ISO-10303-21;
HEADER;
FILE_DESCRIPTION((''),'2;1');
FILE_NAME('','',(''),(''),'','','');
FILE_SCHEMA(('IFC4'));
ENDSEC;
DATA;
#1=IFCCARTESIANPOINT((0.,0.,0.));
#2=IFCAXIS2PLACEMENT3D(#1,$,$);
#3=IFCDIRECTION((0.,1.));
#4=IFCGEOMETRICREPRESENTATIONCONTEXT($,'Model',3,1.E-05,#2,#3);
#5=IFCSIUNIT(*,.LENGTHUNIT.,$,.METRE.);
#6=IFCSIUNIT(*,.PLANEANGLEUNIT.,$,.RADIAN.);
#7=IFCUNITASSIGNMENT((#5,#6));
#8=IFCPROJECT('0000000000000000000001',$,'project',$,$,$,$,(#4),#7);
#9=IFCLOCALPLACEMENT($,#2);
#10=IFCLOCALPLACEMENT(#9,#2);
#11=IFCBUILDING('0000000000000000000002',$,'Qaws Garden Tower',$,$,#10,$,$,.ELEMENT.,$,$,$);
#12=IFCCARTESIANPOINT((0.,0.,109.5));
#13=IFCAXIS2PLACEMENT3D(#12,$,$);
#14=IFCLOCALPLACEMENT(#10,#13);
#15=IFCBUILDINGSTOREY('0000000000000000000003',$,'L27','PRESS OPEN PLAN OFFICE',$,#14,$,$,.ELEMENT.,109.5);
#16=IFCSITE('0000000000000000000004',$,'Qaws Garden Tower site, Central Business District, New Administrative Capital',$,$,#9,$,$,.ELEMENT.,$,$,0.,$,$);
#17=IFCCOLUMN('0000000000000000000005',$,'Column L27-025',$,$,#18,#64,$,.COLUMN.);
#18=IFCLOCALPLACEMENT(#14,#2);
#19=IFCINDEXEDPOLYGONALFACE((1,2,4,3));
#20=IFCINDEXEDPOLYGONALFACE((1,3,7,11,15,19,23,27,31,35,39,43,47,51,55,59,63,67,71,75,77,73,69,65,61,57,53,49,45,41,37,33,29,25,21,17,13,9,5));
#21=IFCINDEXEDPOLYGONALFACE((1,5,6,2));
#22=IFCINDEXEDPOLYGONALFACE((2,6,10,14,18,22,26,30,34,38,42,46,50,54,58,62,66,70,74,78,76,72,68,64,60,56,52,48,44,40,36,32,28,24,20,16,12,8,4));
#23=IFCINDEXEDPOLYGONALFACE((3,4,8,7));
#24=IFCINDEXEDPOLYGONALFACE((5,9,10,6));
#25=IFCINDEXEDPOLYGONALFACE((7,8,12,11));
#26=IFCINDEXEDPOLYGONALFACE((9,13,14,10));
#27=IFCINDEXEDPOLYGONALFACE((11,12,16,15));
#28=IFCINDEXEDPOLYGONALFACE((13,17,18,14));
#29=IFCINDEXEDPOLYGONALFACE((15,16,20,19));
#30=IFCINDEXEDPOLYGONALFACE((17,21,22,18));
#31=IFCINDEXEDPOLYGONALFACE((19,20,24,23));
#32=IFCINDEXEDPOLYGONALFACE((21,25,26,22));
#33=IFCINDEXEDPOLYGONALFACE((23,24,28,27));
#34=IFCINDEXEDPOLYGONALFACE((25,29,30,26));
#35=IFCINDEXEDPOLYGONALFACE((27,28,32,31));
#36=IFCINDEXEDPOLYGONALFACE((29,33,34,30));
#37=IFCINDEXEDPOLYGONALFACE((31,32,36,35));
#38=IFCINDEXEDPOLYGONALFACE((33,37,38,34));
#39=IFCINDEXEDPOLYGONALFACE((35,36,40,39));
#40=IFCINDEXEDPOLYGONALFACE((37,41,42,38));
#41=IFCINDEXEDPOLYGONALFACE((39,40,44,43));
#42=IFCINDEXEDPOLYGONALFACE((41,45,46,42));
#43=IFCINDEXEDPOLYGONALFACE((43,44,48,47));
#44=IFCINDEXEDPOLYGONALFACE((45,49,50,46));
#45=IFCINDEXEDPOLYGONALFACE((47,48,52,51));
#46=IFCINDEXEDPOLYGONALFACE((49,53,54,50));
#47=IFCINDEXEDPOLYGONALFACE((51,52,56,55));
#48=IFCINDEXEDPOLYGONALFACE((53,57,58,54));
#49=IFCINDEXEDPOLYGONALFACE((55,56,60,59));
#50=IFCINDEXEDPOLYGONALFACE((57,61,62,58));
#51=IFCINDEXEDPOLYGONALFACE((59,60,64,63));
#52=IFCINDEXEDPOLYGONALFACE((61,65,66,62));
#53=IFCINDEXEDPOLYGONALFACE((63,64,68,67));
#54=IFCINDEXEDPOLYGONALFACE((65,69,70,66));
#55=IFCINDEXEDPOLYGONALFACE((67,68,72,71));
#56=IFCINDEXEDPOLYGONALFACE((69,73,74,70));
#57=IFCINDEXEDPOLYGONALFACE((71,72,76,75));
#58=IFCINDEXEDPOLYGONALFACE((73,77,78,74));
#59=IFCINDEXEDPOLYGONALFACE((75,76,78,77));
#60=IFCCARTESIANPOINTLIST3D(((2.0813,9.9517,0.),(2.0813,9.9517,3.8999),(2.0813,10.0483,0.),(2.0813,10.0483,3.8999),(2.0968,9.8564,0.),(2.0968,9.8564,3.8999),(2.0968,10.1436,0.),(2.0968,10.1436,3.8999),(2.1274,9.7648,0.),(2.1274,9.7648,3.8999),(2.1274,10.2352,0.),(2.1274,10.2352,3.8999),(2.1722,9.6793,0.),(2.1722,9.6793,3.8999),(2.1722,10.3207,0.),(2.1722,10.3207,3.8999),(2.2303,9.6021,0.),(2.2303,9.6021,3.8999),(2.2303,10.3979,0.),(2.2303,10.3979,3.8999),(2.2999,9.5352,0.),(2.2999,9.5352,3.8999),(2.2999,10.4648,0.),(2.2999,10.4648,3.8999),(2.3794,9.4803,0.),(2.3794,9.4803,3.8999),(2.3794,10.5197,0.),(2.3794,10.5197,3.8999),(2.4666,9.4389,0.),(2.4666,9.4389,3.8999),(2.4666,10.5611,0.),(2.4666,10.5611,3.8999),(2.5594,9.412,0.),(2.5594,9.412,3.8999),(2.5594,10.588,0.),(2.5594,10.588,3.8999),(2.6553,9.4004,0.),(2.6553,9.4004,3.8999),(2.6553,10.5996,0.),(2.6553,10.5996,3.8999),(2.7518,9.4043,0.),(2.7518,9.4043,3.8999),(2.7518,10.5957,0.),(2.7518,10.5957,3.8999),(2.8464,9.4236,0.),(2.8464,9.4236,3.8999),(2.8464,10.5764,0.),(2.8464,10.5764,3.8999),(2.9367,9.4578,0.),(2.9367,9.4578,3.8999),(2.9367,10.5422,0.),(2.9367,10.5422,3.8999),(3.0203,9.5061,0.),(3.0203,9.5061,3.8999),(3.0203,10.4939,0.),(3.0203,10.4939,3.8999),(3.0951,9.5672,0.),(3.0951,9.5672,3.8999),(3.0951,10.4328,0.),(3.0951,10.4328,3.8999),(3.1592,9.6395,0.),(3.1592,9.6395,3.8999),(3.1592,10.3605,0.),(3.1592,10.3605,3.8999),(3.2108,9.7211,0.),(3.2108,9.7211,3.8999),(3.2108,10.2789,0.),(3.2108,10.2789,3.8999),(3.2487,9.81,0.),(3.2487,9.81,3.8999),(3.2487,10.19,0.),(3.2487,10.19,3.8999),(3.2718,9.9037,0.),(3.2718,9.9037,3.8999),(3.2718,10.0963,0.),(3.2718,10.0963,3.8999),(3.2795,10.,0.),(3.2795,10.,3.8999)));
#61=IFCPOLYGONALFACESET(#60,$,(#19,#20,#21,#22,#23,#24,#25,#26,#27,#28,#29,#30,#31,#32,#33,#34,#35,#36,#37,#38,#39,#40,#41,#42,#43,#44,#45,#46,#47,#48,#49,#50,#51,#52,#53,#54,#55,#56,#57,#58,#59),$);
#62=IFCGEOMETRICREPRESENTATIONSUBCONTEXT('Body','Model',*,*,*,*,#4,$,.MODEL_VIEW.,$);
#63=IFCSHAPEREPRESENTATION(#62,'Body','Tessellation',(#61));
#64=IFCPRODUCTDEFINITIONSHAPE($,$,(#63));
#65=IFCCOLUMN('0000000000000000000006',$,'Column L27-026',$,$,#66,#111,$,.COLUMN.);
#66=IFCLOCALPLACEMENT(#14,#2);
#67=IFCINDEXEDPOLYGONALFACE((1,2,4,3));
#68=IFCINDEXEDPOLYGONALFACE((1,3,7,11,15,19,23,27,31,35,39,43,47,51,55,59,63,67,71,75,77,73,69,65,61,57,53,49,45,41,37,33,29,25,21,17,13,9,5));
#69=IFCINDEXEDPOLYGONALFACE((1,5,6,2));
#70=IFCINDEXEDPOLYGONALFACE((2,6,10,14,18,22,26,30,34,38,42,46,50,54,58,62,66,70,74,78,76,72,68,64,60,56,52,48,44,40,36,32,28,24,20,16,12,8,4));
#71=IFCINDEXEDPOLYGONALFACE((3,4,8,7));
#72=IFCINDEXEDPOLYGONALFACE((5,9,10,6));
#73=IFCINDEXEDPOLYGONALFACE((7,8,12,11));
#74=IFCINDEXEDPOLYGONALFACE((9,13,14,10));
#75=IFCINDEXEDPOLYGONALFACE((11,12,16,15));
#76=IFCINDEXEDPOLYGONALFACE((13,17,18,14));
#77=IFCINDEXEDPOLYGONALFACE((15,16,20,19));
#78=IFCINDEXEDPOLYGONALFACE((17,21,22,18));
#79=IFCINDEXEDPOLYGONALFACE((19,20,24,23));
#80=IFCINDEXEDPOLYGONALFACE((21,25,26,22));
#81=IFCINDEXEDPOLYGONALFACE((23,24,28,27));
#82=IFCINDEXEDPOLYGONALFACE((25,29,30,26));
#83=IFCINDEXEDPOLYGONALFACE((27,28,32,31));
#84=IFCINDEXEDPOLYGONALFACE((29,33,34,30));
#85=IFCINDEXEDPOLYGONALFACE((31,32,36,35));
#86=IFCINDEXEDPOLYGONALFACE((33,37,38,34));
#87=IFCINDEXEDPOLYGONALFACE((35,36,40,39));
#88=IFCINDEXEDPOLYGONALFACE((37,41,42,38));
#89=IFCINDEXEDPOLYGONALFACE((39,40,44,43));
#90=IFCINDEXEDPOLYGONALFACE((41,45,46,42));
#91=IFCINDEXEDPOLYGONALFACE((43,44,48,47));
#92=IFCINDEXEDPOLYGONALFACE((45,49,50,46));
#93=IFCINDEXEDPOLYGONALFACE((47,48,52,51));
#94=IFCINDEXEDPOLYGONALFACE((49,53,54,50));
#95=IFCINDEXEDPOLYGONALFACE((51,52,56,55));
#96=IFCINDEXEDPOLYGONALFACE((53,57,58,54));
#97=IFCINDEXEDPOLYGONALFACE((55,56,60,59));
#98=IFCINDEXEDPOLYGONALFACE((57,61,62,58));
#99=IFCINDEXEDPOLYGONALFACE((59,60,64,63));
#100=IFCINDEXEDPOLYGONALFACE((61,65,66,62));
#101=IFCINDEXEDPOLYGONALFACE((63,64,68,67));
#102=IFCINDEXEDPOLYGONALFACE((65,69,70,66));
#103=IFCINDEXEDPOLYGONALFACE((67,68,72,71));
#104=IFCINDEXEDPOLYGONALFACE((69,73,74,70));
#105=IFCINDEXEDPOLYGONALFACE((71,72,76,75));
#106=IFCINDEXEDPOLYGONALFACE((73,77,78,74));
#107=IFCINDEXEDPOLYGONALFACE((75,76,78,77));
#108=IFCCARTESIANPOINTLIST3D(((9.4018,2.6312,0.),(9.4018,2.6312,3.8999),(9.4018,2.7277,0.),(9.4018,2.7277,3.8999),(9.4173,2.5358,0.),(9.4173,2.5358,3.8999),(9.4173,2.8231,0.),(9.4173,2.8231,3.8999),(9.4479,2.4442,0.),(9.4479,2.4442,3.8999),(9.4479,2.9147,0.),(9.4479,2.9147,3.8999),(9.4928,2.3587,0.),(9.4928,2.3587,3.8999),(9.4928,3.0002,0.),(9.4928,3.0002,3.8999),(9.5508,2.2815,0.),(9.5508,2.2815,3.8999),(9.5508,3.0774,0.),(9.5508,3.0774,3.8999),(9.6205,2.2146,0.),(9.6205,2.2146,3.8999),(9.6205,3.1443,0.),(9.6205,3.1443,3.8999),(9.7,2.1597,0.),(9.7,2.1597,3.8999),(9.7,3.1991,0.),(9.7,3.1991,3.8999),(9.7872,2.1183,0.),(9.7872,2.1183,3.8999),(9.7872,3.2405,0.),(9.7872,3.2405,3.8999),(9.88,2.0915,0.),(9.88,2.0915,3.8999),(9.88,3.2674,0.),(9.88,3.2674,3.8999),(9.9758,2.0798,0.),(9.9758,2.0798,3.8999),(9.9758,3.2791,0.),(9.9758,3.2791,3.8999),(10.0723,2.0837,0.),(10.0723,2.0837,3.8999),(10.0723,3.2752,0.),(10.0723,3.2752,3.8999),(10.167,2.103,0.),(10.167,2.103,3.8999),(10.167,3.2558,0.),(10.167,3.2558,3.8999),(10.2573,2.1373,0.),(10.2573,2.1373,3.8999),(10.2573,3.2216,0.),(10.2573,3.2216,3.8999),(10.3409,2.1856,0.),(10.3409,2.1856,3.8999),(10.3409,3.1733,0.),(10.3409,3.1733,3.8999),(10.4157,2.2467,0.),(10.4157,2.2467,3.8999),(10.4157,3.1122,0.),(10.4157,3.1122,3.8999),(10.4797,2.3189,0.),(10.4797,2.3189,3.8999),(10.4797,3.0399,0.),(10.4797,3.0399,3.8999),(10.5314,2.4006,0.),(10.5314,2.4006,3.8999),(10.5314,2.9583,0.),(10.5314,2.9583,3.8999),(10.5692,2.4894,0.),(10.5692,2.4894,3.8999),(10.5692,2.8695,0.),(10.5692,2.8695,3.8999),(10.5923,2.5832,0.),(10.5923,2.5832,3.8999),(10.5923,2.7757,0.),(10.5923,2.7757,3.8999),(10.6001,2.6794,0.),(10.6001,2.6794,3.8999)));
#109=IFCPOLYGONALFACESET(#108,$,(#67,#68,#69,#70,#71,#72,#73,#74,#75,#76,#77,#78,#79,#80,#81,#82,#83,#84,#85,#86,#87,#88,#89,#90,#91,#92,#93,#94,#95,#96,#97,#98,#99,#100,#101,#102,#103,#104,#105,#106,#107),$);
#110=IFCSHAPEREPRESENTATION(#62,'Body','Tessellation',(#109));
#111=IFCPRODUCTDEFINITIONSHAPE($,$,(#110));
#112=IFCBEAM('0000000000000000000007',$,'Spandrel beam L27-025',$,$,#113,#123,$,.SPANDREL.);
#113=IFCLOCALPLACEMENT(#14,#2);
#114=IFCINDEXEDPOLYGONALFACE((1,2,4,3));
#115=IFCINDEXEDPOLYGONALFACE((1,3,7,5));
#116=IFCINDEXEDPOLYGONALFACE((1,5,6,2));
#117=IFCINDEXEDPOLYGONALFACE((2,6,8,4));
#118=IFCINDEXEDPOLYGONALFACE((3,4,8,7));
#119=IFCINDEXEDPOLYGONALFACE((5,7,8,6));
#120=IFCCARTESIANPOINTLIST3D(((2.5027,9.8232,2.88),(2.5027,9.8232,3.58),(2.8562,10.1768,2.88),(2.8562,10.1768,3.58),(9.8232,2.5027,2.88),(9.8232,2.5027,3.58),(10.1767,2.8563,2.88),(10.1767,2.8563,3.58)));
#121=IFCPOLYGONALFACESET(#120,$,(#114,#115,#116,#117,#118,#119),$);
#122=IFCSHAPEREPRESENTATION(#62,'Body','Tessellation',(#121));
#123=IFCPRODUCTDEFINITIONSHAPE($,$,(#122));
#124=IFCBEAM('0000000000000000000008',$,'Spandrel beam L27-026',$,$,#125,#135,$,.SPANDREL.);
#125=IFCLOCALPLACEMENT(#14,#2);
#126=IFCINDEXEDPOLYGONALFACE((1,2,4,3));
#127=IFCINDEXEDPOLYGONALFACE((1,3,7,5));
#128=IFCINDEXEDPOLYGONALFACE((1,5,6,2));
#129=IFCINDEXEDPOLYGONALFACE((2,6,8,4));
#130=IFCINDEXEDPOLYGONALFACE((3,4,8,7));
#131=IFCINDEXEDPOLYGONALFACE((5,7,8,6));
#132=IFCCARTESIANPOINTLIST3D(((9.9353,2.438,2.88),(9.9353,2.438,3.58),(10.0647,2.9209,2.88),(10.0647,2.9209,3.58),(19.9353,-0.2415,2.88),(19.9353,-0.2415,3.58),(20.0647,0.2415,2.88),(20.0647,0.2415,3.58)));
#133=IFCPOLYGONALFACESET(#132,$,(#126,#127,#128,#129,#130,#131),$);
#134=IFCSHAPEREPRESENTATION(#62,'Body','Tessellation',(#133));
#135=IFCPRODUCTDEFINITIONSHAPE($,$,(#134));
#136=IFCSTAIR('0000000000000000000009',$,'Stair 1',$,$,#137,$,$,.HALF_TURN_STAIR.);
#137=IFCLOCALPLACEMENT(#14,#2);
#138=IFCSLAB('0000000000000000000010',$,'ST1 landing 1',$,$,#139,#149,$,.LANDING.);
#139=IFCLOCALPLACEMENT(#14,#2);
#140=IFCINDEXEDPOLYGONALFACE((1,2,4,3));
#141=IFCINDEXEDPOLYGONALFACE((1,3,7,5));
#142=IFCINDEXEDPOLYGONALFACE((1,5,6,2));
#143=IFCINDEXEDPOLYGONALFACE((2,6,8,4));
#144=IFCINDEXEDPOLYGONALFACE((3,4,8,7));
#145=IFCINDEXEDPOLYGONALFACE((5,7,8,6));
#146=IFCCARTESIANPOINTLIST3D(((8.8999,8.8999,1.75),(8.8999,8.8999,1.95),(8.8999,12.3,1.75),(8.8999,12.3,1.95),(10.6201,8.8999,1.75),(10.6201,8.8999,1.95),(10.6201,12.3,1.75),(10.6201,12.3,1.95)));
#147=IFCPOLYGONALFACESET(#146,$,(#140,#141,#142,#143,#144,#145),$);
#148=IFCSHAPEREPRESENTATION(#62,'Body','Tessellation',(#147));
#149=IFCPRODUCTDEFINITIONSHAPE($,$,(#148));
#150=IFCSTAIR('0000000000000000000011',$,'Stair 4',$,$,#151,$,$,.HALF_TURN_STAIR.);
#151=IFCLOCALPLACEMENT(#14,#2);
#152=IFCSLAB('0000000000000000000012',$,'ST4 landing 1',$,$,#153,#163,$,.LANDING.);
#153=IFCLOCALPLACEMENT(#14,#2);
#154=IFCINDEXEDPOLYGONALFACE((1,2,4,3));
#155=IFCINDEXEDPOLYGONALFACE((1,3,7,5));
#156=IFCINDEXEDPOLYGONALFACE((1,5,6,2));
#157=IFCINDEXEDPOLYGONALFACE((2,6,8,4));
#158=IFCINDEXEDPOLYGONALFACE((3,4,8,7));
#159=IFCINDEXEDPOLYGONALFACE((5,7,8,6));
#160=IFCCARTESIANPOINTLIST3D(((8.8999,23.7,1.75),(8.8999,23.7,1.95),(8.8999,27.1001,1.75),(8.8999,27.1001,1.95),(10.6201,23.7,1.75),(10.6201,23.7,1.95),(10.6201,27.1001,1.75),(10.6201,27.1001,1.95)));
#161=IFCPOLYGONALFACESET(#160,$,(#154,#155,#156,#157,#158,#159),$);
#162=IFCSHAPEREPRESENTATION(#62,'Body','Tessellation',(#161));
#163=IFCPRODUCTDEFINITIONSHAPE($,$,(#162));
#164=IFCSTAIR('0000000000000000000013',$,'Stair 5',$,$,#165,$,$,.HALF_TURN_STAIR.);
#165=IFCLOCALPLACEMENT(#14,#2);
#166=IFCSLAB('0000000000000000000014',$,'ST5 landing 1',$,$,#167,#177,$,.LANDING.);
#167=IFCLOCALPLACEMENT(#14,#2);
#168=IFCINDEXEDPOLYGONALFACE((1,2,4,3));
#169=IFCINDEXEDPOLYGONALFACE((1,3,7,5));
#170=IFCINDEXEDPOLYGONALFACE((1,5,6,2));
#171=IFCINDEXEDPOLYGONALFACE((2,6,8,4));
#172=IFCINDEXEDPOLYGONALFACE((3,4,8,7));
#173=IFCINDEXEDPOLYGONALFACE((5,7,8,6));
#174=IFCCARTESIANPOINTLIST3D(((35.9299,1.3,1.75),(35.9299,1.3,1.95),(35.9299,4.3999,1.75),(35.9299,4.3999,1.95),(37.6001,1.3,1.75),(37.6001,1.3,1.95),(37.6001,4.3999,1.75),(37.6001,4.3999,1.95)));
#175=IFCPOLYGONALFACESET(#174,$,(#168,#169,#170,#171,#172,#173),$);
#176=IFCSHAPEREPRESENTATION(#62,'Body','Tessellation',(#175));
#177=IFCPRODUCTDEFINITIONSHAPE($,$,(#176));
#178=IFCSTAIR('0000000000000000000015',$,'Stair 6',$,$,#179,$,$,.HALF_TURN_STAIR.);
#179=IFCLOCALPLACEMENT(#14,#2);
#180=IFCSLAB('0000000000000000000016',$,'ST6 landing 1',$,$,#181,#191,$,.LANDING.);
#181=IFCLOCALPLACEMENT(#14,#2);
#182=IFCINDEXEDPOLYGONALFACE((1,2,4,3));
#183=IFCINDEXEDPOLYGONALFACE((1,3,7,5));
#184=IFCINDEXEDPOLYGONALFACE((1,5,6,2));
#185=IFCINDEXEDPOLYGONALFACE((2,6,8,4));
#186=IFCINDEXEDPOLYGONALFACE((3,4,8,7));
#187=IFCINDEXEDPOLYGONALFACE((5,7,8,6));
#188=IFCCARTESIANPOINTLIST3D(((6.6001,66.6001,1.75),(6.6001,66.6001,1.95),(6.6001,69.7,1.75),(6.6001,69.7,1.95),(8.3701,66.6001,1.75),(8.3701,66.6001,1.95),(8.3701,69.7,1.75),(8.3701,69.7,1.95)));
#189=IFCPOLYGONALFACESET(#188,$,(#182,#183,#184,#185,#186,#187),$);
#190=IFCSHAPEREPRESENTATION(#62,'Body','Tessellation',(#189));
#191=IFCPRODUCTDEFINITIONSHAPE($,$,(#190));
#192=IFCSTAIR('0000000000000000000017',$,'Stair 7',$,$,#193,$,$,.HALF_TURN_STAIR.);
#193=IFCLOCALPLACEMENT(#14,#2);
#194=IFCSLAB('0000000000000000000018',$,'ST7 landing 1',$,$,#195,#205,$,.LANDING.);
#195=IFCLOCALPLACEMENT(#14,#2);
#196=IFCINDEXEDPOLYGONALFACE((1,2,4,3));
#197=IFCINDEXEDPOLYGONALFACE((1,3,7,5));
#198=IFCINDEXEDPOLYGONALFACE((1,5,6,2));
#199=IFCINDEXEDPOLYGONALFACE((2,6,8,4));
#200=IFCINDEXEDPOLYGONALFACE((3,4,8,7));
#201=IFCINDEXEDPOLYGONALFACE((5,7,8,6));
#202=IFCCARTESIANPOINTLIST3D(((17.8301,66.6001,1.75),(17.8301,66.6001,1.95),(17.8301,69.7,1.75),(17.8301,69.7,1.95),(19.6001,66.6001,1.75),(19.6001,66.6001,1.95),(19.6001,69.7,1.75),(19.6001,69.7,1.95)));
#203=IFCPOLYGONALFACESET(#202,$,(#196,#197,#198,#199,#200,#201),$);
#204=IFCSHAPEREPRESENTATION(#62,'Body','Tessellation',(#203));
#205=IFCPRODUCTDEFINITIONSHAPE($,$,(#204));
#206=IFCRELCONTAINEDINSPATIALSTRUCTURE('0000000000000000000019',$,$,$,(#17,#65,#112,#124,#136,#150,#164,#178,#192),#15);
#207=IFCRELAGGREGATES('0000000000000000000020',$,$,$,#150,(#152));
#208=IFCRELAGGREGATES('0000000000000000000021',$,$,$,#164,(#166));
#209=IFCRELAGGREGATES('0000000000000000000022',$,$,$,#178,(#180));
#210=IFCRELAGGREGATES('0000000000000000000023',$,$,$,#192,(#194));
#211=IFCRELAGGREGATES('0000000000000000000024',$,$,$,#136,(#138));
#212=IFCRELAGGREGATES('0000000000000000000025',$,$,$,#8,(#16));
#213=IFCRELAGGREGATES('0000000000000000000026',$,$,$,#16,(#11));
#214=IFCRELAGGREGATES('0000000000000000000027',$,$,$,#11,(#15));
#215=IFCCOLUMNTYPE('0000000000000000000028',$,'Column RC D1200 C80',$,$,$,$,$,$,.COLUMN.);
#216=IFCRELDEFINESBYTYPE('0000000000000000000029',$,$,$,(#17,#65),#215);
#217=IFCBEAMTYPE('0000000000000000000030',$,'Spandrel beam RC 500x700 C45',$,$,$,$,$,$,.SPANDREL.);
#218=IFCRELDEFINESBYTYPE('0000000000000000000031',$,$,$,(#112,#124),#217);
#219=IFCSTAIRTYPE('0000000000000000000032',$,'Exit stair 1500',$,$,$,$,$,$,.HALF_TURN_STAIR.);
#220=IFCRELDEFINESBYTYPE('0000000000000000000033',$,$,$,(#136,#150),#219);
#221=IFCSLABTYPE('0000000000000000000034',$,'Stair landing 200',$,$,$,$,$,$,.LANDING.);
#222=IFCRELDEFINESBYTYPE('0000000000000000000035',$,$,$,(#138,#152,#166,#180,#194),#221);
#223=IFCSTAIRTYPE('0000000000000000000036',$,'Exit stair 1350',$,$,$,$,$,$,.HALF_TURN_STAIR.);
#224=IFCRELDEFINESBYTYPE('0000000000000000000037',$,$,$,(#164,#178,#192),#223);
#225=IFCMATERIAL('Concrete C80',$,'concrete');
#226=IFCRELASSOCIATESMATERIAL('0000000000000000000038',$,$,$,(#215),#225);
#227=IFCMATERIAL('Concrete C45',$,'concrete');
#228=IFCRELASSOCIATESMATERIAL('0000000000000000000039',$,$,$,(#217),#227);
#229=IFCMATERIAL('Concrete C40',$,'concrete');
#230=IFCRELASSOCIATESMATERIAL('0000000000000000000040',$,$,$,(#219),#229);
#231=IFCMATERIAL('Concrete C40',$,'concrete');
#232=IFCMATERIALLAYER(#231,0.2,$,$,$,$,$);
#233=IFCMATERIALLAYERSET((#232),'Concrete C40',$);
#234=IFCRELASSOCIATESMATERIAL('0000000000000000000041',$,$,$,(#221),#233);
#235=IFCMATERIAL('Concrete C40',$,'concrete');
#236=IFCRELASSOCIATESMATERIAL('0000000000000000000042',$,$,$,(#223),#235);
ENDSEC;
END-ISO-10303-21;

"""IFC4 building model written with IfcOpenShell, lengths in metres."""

from ifc_helpers import new_model, si_unit, direction, frame, origin, origin_2d, place, context, subcontext, project, spatial, polyline, rectangle, circle, outline, extrude, material, layer, layer_set, material_profile, profile_set, type_object, element, aggregate, save


model = new_model("IFC4")

# Units and contexts
model_context = context("Model", 3, precision=1e-05, world=origin(), true_north=direction((0.0, 1.0)))
body_context = subcontext(model_context, "Body", "Model", "MODEL_VIEW")
ifc_project = project(units=[si_unit("LENGTHUNIT", "METRE"), si_unit("PLANEANGLEUNIT", "RADIAN")], contexts=[model_context])

# Site, building, storey
site_placement = place(None, origin())
site = spatial("IfcSite", under=ifc_project, at=site_placement, Name="Qaws Garden Tower site, Central Business District, New Administrative Capital", CompositionType="ELEMENT", RefElevation=0.0)
building_placement = place(site_placement, origin())
building = spatial("IfcBuilding", under=site, at=building_placement, Name="Qaws Garden Tower", CompositionType="ELEMENT")
storey_placement = place(building_placement, frame((0.0, 0.0, 109.5)))
storey = spatial("IfcBuildingStorey", under=building, at=storey_placement, Name="L27", Description="PRESS OPEN PLAN OFFICE", CompositionType="ELEMENT", Elevation=109.5)

# Columns
ifc_material_1 = material(Name="Concrete C80", Category="concrete")
ifc_material_profile_1 = material_profile(ifc_material_1, circle(Radius=0.6001, at=origin_2d()), Name="RC D1200")
ifc_profile_set_1 = profile_set([ifc_material_profile_1], Name="Concrete C80")
column_type = type_object("IfcColumnType", Name="Column RC D1200 C80", PredefinedType="COLUMN", material=ifc_profile_set_1)
for number, where, z_axis, x_axis, name in (
    (1, (2.6794, 10.0, 0.0), (0.0, 0.0, 1.0), (1.0, 0.0, 0.0), "Column L27-025"),
    (2, (10.0, 2.6794, 0.0), (0.0, 0.0, 1.0), (1.0, 0.0, 0.0), "Column L27-026"),
):
    element("IfcColumn", number, at=place(storey_placement, frame(where, z_axis=z_axis, x_axis=x_axis)), inside=storey, type_object=column_type, Name=name, PredefinedType="COLUMN", context=body_context, shape_type="SweptSolid", body=[
        extrude(circle(Radius=0.6001, at=origin_2d()), origin(), (0.0, 0.0, 1.0), 3.8999),
    ])

# Beams
ifc_material_2 = material(Name="Concrete C45", Category="concrete")
ifc_material_profile_2 = material_profile(ifc_material_2, rectangle(XDim=0.5, YDim=0.7, at=origin_2d()), Name="RC 500x700")
ifc_profile_set_2 = profile_set([ifc_material_profile_2], Name="Concrete C45")
beam_type = type_object("IfcBeamType", Name="Spandrel beam RC 500x700 C45", PredefinedType="SPANDREL", material=ifc_profile_set_2)
for number, where, z_axis, x_axis, name in (
    (3, (2.6794, 10.0, 3.23), (0.707107, -0.707107, 0.0), (0.707107, 0.707107, 0.0), "Spandrel beam L27-025"),
    (4, (10.0, 2.6794, 3.23), (0.965927, -0.258815, 0.0), (0.258815, 0.965927, 0.0), "Spandrel beam L27-026"),
):
    element("IfcBeam", number, at=place(storey_placement, frame(where, z_axis=z_axis, x_axis=x_axis)), inside=storey, type_object=beam_type, Name=name, PredefinedType="SPANDREL", context=body_context, shape_type="SweptSolid", body=[
        extrude(rectangle(XDim=0.5, YDim=0.7, at=origin_2d()), origin(), (0.0, 0.0, 1.0), 10.3528),
    ])

# Stairs, slabs
ifc_material_3 = material(Name="Concrete C40", Category="concrete")
stair_type_1 = type_object("IfcStairType", Name="Exit stair 1500", PredefinedType="HALF_TURN_STAIR", material=ifc_material_3)
placement_1 = place(storey_placement, origin())
stair_1 = element("IfcStair", 5, at=placement_1, inside=storey, type_object=stair_type_1, Name="Stair 1", PredefinedType="HALF_TURN_STAIR")
ifc_material_4 = material(Name="Concrete C40", Category="concrete")
ifc_layer_1 = layer(ifc_material_4, 0.2)
ifc_layer_set_1 = layer_set([ifc_layer_1], Name="Concrete C40")
slab_type = type_object("IfcSlabType", Name="Stair landing 200", PredefinedType="LANDING", material=ifc_layer_set_1)
placement_2 = place(storey_placement, frame((0.0, 0.0, 1.75)))
slab_1 = element("IfcSlab", 6, at=placement_2, type_object=slab_type, Name="ST1 landing 1", PredefinedType="LANDING", context=body_context, shape_type="SweptSolid", body=[
    extrude(outline(polyline([(8.8999, 8.8999), (10.6201, 8.8999), (10.6201, 12.3), (8.8999, 12.3), (8.8999, 8.8999)])), origin(), (0.0, 0.0, 1.0), 0.2),
])
stair_2 = element("IfcStair", 7, at=placement_1, inside=storey, type_object=stair_type_1, Name="Stair 4", PredefinedType="HALF_TURN_STAIR")
slab_2 = element("IfcSlab", 8, at=placement_2, type_object=slab_type, Name="ST4 landing 1", PredefinedType="LANDING", context=body_context, shape_type="SweptSolid", body=[
    extrude(outline(polyline([(8.8999, 23.7), (10.6201, 23.7), (10.6201, 27.1001), (8.8999, 27.1001), (8.8999, 23.7)])), origin(), (0.0, 0.0, 1.0), 0.2),
])
aggregate(stair_2, [slab_2])
ifc_material_5 = material(Name="Concrete C40", Category="concrete")
stair_type_2 = type_object("IfcStairType", Name="Exit stair 1350", PredefinedType="HALF_TURN_STAIR", material=ifc_material_5)
stair_3 = element("IfcStair", 9, at=placement_1, inside=storey, type_object=stair_type_2, Name="Stair 5", PredefinedType="HALF_TURN_STAIR")
slab_3 = element("IfcSlab", 10, at=placement_2, type_object=slab_type, Name="ST5 landing 1", PredefinedType="LANDING", context=body_context, shape_type="SweptSolid", body=[
    extrude(outline(polyline([(35.9299, 1.3), (37.6001, 1.3), (37.6001, 4.3999), (35.9299, 4.3999), (35.9299, 1.3)])), origin(), (0.0, 0.0, 1.0), 0.2),
])
aggregate(stair_3, [slab_3])
stair_4 = element("IfcStair", 11, at=placement_1, inside=storey, type_object=stair_type_2, Name="Stair 6", PredefinedType="HALF_TURN_STAIR")
slab_4 = element("IfcSlab", 12, at=placement_2, type_object=slab_type, Name="ST6 landing 1", PredefinedType="LANDING", context=body_context, shape_type="SweptSolid", body=[
    extrude(outline(polyline([(6.6001, 66.6001), (8.3701, 66.6001), (8.3701, 69.7), (6.6001, 69.7), (6.6001, 66.6001)])), origin(), (0.0, 0.0, 1.0), 0.2),
])
aggregate(stair_4, [slab_4])
stair_5 = element("IfcStair", 13, at=placement_1, inside=storey, type_object=stair_type_2, Name="Stair 7", PredefinedType="HALF_TURN_STAIR")
slab_5 = element("IfcSlab", 14, at=placement_2, type_object=slab_type, Name="ST7 landing 1", PredefinedType="LANDING", context=body_context, shape_type="SweptSolid", body=[
    extrude(outline(polyline([(17.8301, 66.6001), (19.6001, 66.6001), (19.6001, 69.7), (17.8301, 69.7), (17.8301, 66.6001)])), origin(), (0.0, 0.0, 1.0), 0.2),
])
aggregate(stair_5, [slab_5])

aggregate(stair_1, [slab_1])

save(model, "model.ifc")
